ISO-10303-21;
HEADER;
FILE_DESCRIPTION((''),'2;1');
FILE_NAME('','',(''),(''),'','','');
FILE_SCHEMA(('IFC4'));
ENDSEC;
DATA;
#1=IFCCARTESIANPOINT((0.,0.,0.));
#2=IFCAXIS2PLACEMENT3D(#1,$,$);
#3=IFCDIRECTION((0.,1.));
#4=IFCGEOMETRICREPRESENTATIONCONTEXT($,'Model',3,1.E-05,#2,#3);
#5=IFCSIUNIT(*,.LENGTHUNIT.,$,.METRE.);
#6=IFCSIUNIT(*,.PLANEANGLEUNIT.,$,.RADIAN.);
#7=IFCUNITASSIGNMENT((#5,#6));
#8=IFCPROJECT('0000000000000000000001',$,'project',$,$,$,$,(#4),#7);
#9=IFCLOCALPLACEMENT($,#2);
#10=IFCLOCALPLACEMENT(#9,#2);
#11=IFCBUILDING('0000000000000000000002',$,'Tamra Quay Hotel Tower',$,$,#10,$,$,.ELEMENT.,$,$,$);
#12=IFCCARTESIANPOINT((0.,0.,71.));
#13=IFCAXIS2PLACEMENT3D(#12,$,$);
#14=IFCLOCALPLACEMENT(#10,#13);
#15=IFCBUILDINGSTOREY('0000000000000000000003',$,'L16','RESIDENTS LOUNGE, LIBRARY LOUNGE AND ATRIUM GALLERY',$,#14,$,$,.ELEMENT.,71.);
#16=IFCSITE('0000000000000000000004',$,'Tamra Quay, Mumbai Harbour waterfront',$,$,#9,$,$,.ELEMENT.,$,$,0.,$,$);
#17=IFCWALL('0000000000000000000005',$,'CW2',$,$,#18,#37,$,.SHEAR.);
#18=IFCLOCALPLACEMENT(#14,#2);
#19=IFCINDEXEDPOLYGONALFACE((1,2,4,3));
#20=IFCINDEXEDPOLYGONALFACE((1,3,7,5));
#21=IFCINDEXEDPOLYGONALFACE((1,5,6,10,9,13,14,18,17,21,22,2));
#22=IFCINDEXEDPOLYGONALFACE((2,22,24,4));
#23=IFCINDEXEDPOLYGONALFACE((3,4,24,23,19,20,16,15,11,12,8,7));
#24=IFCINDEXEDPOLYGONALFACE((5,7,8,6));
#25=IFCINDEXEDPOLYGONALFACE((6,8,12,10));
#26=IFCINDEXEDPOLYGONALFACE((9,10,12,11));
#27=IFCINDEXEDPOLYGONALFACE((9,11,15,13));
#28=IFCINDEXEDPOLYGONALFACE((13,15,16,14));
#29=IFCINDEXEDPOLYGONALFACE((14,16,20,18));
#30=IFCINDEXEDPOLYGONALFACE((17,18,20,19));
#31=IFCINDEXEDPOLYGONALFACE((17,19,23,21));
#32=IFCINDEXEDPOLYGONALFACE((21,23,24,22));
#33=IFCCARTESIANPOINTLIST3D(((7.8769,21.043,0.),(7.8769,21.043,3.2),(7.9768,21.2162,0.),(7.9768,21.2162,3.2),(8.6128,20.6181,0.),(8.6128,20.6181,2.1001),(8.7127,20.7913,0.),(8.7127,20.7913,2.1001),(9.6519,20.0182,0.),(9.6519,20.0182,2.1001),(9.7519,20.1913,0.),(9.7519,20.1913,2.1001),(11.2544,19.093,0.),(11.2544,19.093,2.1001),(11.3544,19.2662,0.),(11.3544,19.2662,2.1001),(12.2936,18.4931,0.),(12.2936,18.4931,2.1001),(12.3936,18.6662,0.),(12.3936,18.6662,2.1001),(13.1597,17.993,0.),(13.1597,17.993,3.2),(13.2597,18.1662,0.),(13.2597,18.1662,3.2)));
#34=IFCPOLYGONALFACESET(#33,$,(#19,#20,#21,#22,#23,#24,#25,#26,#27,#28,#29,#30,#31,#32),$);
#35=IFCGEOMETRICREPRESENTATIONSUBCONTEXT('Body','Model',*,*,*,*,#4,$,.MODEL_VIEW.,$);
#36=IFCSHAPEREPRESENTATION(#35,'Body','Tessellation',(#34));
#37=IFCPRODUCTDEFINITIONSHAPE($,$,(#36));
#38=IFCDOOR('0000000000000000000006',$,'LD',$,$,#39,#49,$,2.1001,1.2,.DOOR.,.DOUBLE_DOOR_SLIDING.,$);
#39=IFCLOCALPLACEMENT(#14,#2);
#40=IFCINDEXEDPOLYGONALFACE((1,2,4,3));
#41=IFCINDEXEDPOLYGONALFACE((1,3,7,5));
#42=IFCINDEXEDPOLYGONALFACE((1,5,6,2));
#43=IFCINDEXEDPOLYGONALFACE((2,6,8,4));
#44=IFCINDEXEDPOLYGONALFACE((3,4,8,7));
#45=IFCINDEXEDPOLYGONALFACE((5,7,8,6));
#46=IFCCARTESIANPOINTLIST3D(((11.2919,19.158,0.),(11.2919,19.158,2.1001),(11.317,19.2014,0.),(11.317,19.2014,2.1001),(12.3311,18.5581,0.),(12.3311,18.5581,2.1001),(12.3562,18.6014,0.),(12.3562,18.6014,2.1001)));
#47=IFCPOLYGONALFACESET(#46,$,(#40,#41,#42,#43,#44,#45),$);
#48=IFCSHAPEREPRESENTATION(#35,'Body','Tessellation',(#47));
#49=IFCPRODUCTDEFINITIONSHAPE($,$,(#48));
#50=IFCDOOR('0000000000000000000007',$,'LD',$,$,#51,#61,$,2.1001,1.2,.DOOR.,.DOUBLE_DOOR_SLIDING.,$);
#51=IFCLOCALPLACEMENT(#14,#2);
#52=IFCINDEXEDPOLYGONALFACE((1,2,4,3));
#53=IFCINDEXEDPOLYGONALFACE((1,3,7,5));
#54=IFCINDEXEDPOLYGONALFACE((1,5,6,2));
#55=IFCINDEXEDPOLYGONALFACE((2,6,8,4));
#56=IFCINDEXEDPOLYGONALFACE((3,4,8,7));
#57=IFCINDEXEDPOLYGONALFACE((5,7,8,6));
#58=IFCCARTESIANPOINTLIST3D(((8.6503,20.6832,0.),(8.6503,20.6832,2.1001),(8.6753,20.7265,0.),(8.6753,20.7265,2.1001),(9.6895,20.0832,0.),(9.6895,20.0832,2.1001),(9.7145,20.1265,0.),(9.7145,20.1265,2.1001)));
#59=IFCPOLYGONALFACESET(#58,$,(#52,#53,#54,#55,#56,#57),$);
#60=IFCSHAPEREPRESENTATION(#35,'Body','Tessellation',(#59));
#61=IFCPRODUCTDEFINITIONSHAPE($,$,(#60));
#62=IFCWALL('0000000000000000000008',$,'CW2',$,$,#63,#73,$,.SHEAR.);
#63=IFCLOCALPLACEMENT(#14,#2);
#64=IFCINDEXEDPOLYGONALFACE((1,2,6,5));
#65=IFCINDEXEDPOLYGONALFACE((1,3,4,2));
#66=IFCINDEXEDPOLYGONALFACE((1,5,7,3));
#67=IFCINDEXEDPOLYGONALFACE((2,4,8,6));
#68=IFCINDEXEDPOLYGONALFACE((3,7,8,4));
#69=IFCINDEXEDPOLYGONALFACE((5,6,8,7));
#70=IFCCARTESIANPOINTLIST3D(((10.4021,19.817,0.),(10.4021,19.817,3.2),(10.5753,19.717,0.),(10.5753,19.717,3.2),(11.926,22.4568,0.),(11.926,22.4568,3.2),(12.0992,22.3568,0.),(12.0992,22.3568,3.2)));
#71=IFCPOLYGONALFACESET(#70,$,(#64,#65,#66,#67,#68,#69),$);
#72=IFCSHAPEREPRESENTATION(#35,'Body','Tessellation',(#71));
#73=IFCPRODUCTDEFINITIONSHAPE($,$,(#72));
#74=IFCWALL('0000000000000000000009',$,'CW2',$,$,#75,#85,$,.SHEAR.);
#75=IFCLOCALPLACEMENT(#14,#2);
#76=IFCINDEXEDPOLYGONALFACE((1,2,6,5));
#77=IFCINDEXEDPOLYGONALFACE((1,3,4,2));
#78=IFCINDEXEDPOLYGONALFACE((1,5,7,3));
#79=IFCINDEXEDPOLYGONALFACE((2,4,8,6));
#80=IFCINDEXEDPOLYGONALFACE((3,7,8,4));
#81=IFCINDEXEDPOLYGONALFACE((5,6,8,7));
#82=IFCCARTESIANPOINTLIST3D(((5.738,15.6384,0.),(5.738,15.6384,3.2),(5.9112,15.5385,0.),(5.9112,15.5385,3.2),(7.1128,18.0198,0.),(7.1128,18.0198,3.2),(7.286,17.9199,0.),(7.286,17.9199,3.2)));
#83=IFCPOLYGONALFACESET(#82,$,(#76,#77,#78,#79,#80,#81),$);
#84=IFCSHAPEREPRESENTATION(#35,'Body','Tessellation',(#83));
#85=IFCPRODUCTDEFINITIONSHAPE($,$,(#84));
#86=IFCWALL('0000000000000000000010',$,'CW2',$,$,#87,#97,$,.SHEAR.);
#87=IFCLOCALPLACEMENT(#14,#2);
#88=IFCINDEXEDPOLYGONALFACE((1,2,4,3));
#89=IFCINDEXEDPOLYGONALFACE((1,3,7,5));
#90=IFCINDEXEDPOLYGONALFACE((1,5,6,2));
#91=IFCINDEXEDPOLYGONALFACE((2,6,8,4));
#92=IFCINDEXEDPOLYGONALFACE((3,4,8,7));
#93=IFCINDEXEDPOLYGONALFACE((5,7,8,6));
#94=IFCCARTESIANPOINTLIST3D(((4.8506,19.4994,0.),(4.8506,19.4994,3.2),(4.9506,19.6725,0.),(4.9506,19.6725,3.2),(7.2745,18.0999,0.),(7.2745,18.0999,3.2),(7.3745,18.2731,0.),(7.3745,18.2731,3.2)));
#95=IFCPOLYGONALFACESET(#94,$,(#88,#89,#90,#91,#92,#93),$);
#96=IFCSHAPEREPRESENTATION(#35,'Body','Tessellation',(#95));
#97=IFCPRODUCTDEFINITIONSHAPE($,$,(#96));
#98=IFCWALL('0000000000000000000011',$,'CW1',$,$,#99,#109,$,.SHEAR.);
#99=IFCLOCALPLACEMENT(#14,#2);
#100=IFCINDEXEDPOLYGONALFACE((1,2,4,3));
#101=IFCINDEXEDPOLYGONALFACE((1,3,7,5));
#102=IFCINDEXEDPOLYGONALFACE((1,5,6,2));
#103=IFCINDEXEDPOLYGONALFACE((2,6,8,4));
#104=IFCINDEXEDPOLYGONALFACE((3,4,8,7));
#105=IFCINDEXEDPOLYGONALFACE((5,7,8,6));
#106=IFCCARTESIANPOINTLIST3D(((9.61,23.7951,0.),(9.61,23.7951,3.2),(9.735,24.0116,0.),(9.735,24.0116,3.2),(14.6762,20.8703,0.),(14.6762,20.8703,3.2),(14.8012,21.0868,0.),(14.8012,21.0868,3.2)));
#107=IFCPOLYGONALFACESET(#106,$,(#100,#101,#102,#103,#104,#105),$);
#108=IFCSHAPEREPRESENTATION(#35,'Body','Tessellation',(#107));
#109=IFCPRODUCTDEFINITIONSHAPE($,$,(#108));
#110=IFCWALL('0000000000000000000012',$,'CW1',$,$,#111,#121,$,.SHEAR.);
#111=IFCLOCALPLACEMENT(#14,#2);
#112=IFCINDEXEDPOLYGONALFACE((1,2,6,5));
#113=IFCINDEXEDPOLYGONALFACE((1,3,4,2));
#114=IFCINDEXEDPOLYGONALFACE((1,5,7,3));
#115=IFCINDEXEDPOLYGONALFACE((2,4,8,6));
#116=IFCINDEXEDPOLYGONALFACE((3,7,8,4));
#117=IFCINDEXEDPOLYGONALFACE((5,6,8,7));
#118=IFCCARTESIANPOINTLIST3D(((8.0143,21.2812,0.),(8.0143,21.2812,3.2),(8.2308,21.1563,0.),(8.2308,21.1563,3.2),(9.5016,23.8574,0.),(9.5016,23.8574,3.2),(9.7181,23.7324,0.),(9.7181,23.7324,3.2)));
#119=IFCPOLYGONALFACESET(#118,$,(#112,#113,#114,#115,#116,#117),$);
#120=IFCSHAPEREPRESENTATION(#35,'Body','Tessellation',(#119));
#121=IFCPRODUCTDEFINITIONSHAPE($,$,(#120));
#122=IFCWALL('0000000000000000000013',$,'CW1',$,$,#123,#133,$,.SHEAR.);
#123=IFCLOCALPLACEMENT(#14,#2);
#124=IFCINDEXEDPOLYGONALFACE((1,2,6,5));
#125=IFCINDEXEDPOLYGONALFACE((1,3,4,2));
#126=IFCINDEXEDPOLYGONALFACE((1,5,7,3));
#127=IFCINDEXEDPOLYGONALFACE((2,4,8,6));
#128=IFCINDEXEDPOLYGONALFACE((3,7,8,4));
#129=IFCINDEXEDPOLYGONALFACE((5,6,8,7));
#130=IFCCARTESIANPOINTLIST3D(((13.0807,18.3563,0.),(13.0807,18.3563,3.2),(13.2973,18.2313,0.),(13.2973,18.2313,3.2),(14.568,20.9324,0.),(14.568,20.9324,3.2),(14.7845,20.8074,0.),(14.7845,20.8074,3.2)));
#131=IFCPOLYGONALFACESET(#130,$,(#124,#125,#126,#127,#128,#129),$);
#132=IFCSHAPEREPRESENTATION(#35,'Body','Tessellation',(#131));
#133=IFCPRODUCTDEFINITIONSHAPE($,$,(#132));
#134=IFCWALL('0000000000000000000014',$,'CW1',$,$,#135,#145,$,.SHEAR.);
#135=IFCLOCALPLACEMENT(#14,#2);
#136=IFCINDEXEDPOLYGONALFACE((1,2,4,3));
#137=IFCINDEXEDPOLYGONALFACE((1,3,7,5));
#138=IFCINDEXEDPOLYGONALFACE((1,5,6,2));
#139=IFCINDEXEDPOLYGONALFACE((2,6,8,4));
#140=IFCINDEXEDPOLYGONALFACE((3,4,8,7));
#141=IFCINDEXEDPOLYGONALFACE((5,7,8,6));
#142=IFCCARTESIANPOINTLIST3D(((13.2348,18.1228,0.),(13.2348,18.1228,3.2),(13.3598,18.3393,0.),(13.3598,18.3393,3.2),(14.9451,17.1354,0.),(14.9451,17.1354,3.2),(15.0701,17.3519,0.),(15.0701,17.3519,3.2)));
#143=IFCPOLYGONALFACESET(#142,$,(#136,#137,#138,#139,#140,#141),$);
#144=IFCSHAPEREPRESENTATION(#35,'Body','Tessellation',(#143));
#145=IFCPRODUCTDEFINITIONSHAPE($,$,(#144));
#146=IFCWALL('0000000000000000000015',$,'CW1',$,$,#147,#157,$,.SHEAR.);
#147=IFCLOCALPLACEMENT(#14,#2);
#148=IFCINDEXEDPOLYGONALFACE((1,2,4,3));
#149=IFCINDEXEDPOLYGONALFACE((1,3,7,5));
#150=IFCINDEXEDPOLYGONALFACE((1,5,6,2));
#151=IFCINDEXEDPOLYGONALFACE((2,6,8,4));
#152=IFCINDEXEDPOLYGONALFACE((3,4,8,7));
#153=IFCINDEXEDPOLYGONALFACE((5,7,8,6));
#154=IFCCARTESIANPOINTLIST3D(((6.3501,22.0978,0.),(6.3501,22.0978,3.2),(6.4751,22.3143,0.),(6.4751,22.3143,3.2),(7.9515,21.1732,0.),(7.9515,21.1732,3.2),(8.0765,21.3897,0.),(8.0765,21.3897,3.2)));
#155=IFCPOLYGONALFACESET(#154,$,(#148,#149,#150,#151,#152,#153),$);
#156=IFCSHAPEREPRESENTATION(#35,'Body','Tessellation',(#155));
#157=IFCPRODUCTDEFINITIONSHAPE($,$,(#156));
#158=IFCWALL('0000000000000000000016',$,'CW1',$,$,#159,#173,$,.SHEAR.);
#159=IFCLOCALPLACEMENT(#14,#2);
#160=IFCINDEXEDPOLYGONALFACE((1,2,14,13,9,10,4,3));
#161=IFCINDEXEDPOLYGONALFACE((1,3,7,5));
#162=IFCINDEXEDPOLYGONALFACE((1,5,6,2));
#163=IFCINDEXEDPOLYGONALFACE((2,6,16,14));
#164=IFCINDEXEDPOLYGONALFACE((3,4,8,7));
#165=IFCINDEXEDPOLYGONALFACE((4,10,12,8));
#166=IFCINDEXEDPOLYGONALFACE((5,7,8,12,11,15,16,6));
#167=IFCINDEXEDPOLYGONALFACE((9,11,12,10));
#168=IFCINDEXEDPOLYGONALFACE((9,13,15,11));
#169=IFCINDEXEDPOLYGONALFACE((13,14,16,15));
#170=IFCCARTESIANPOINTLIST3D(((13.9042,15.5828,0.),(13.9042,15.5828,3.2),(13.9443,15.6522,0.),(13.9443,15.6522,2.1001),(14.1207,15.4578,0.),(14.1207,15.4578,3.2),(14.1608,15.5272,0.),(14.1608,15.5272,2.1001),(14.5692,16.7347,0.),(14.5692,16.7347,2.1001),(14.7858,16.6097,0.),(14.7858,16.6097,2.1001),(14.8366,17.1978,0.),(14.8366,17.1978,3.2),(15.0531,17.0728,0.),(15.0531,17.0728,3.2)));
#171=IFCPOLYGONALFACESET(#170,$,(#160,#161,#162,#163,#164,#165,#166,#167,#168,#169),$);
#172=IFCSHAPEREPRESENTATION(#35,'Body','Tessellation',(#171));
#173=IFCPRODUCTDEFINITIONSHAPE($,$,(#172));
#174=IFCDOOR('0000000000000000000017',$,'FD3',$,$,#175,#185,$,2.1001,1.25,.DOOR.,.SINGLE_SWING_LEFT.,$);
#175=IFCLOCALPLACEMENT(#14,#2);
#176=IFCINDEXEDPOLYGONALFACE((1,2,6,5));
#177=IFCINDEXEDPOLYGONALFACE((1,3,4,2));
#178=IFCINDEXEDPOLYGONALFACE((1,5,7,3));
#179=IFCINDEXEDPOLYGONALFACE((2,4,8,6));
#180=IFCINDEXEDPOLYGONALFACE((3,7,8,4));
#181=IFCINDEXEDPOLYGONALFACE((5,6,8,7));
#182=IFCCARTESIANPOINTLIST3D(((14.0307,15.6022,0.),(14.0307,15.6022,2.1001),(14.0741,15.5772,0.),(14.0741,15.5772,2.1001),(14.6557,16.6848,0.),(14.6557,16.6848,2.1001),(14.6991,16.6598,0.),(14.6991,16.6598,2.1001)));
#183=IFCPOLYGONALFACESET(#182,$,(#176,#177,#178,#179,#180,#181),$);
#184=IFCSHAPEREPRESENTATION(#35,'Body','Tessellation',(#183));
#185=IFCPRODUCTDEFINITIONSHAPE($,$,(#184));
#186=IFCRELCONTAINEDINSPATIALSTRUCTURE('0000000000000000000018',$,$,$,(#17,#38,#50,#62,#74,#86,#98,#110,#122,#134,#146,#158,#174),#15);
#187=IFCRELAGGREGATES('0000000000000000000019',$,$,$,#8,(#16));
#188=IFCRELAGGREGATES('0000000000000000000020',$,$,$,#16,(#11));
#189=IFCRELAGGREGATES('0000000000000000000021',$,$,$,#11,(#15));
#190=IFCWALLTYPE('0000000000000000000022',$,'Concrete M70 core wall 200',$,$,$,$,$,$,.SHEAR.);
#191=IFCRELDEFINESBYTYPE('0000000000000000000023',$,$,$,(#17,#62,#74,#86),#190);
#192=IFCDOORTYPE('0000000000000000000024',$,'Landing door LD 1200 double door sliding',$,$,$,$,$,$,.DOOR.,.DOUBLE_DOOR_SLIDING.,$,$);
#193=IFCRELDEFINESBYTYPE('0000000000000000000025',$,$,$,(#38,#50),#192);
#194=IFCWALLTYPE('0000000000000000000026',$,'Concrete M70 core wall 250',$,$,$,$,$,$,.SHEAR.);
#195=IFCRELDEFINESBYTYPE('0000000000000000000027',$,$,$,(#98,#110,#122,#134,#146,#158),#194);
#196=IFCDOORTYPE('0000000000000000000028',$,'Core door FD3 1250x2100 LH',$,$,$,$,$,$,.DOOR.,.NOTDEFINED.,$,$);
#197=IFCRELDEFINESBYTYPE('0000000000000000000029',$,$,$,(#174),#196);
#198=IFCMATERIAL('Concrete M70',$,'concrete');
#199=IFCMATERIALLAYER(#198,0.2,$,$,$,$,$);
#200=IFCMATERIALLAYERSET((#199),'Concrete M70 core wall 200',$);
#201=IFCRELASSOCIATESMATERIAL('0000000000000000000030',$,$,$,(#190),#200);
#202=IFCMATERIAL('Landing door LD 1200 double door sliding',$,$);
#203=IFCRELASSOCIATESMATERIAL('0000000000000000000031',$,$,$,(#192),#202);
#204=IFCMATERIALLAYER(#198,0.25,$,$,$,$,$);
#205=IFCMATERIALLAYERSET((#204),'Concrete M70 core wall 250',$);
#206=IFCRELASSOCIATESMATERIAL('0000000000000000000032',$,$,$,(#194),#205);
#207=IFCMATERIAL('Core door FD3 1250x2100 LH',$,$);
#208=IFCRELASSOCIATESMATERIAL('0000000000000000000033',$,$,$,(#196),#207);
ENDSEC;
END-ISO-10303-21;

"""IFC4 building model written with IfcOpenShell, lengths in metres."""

from ifc_helpers import new_model, si_unit, direction, frame, frame_2d, origin, place, context, subcontext, project, spatial, rectangle, extrude, material, layer, layer_set, type_object, element, fill, save


model = new_model("IFC4")

# Units and contexts
model_context = context("Model", 3, precision=1e-05, world=origin(), true_north=direction((0.0, 1.0)))
body_context = subcontext(model_context, "Body", "Model", "MODEL_VIEW")
ifc_project = project(units=[si_unit("LENGTHUNIT", "METRE"), si_unit("PLANEANGLEUNIT", "RADIAN")], contexts=[model_context])

# Site, building, storey
site_placement = place(None, origin())
site = spatial("IfcSite", under=ifc_project, at=site_placement, Name="Tamra Quay, Mumbai Harbour waterfront", CompositionType="ELEMENT", RefElevation=0.0)
building_placement = place(site_placement, origin())
building = spatial("IfcBuilding", under=site, at=building_placement, Name="Tamra Quay Hotel Tower", CompositionType="ELEMENT")
storey_placement = place(building_placement, frame((0.0, 0.0, 71.0)))
storey = spatial("IfcBuildingStorey", under=building, at=storey_placement, Name="L16", Description="RESIDENTS LOUNGE, LIBRARY LOUNGE AND ATRIUM GALLERY", CompositionType="ELEMENT", Elevation=71.0)

# Shared definitions
ifc_material_1 = material(Name="Concrete M70", Category="concrete")

# Wall, openings, doors
ifc_layer_1 = layer(ifc_material_1, 0.2)
ifc_layer_set_1 = layer_set([ifc_layer_1], Name="Concrete M70 core wall 200")
wall_type_1 = type_object("IfcWallType", Name="Concrete M70 core wall 200", PredefinedType="SHEAR", material=ifc_layer_set_1)
wall_1_placement = place(storey_placement, frame((13.2097, 18.0796, 0.0), z_axis=(0.0, 0.0, 1.0), x_axis=(-0.86603, 0.499992, 0.0)))
wall_1 = element("IfcWall", 1, at=wall_1_placement, inside=storey, type_object=wall_type_1, Name="CW2", PredefinedType="SHEAR", context=body_context, shape_type="SweptSolid", body=[
    extrude(rectangle(XDim=6.1001, YDim=0.2, at=frame_2d((3.05, 0.0))), origin(), (0.0, 0.0, 1.0), 3.2),
])
opening_1_placement = place(wall_1_placement, frame((1.0, 0.0, 0.0)))
opening_1 = element("IfcOpeningElement", 2, at=opening_1_placement, cuts=wall_1, PredefinedType="OPENING", context=body_context, shape_type="SweptSolid", body=[
    extrude(rectangle(XDim=1.2, YDim=2.1001, at=frame_2d((0.6001, 1.05))), frame((0.0, 0.1099, 0.0), z_axis=(0.0, -1.0, 0.0), x_axis=(1.0, 0.0, 0.0)), (0.0, 0.0, 1.0), 0.22),
])
opening_2_placement = place(wall_1_placement, frame((4.0503, 0.0, 0.0)))
opening_2 = element("IfcOpeningElement", 3, at=opening_2_placement, cuts=wall_1, PredefinedType="OPENING", context=body_context, shape_type="SweptSolid", body=[
    extrude(rectangle(XDim=1.2, YDim=2.1001, at=frame_2d((0.6001, 1.05))), frame((0.0, 0.1099, 0.0), z_axis=(0.0, -1.0, 0.0), x_axis=(1.0, 0.0, 0.0)), (0.0, 0.0, 1.0), 0.22),
])
ifc_material_2 = material(Name="Landing door LD 1200 double door sliding")
door_type_1 = type_object("IfcDoorType", Name="Landing door LD 1200 double door sliding", OperationType="DOUBLE_DOOR_SLIDING", PredefinedType="DOOR", material=ifc_material_2)
door_1_placement = place(opening_1_placement, origin())
door_1 = element("IfcDoor", 4, at=door_1_placement, inside=storey, type_object=door_type_1, Name="LD", OperationType="DOUBLE_DOOR_SLIDING", OverallHeight=2.1001, OverallWidth=1.2, PredefinedType="DOOR", context=body_context, shape_type="SweptSolid", body=[
    extrude(rectangle(XDim=1.2, YDim=2.1001, at=frame_2d((0.6001, 1.05))), frame((0.0, 0.0249, 0.0), z_axis=(0.0, -1.0, 0.0), x_axis=(1.0, 0.0, 0.0)), (0.0, 0.0, 1.0), 0.05),
])
fill(opening_1, door_1)
door_2_placement = place(opening_2_placement, origin())
door_2 = element("IfcDoor", 5, at=door_2_placement, inside=storey, type_object=door_type_1, Name="LD", OperationType="DOUBLE_DOOR_SLIDING", OverallHeight=2.1001, OverallWidth=1.2, PredefinedType="DOOR", context=body_context, shape_type="SweptSolid", body=[
    extrude(rectangle(XDim=1.2, YDim=2.1001, at=frame_2d((0.6001, 1.05))), frame((0.0, 0.0249, 0.0), z_axis=(0.0, -1.0, 0.0), x_axis=(1.0, 0.0, 0.0)), (0.0, 0.0, 1.0), 0.05),
])
fill(opening_2, door_2)

# Walls
wall_2_placement = place(storey_placement, frame((10.4888, 19.7671, 0.0), z_axis=(0.0, 0.0, 1.0), x_axis=(0.499947, 0.866056, 0.0)))
element("IfcWall", 6, at=wall_2_placement, inside=storey, type_object=wall_type_1, Name="CW2", PredefinedType="SHEAR", context=body_context, shape_type="SweptSolid", body=[
    extrude(rectangle(XDim=3.0481, YDim=0.2, at=frame_2d((1.5239, 0.0))), origin(), (0.0, 0.0, 1.0), 3.2),
])
wall_3_placement = place(storey_placement, frame((7.1995, 17.97, 0.0), z_axis=(0.0, 0.0, 1.0), x_axis=(-0.499968, -0.866044, 0.0)))
element("IfcWall", 7, at=wall_3_placement, inside=storey, type_object=wall_type_1, Name="CW2", PredefinedType="SHEAR", context=body_context, shape_type="SweptSolid", body=[
    extrude(rectangle(XDim=2.7498, YDim=0.2, at=frame_2d((1.375, 0.0))), origin(), (0.0, 0.0, 1.0), 3.2),
])
wall_4_placement = place(storey_placement, frame((4.9006, 19.5859, 0.0), z_axis=(0.0, 0.0, 1.0), x_axis=(0.866023, -0.500004, 0.0)))
element("IfcWall", 8, at=wall_4_placement, inside=storey, type_object=wall_type_1, Name="CW2", PredefinedType="SHEAR", context=body_context, shape_type="SweptSolid", body=[
    extrude(rectangle(XDim=2.7988, YDim=0.2, at=frame_2d((1.3994, 0.0))), origin(), (0.0, 0.0, 1.0), 3.2),
])
ifc_layer_2 = layer(ifc_material_1, 0.25)
ifc_layer_set_2 = layer_set([ifc_layer_2], Name="Concrete M70 core wall 250")
wall_type_2 = type_object("IfcWallType", Name="Concrete M70 core wall 250", PredefinedType="SHEAR", material=ifc_layer_set_2)
wall_5_placement = place(storey_placement, frame((9.6726, 23.9033, 0.0), z_axis=(0.0, 0.0, 1.0), x_axis=(0.866036, -0.499981, 0.0)))
element("IfcWall", 9, at=wall_5_placement, inside=storey, type_object=wall_type_2, Name="CW1", PredefinedType="SHEAR", context=body_context, shape_type="SweptSolid", body=[
    extrude(rectangle(XDim=5.8499, YDim=0.25, at=frame_2d((2.9248, 0.0))), origin(), (0.0, 0.0, 1.0), 3.2),
])
for number, where, z_axis, x_axis, name in (
    (10, (8.1226, 21.2188, 0.0), (0.0, 0.0, 1.0), (0.499988, 0.866033, 0.0), "CW1"),
    (11, (14.6763, 20.8699, 0.0), (0.0, 0.0, 1.0), (-0.499988, -0.866033, 0.0), "CW1"),
):
    element("IfcWall", number, at=place(storey_placement, frame(where, z_axis=z_axis, x_axis=x_axis)), inside=storey, type_object=wall_type_2, Name=name, PredefinedType="SHEAR", context=body_context, shape_type="SweptSolid", body=[
        extrude(rectangle(XDim=2.9746, YDim=0.25, at=frame_2d((1.4873, 0.0))), origin(), (0.0, 0.0, 1.0), 3.2),
    ])
wall_6_placement = place(storey_placement, frame((13.2974, 18.231, 0.0), z_axis=(0.0, 0.0, 1.0), x_axis=(0.866044, -0.499969, 0.0)))
element("IfcWall", 12, at=wall_6_placement, inside=storey, type_object=wall_type_2, Name="CW1", PredefinedType="SHEAR", context=body_context, shape_type="SweptSolid", body=[
    extrude(rectangle(XDim=1.9749, YDim=0.25, at=frame_2d((0.9873, 0.0))), origin(), (0.0, 0.0, 1.0), 3.2),
])
wall_7_placement = place(storey_placement, frame((6.4126, 22.2061, 0.0), z_axis=(0.0, 0.0, 1.0), x_axis=(0.866016, -0.500016, 0.0)))
element("IfcWall", 13, at=wall_7_placement, inside=storey, type_object=wall_type_2, Name="CW1", PredefinedType="SHEAR", context=body_context, shape_type="SweptSolid", body=[
    extrude(rectangle(XDim=1.8491, YDim=0.25, at=frame_2d((0.9246, 0.0))), origin(), (0.0, 0.0, 1.0), 3.2),
])

# Wall, opening, door
wall_8_placement = place(storey_placement, frame((14.9448, 17.1353, 0.0), z_axis=(0.0, 0.0, 1.0), x_axis=(-0.499983, -0.866035, 0.0)))
wall_8 = element("IfcWall", 14, at=wall_8_placement, inside=storey, type_object=wall_type_2, Name="CW1", PredefinedType="SHEAR", context=body_context, shape_type="SweptSolid", body=[
    extrude(rectangle(XDim=1.8647, YDim=0.25, at=frame_2d((0.9324, 0.0))), origin(), (0.0, 0.0, 1.0), 3.2),
])
opening_3_placement = place(wall_8_placement, frame((0.5347, 0.0, 0.0)))
opening_3 = element("IfcOpeningElement", 15, at=opening_3_placement, cuts=wall_8, PredefinedType="OPENING", context=body_context, shape_type="SweptSolid", body=[
    extrude(rectangle(XDim=1.25, YDim=2.1001, at=frame_2d((0.625, 1.05))), frame((0.0, 0.135, 0.0), z_axis=(0.0, -1.0, 0.0), x_axis=(1.0, 0.0, 0.0)), (0.0, 0.0, 1.0), 0.27),
])
ifc_material_3 = material(Name="Core door FD3 1250x2100 LH")
door_type_2 = type_object("IfcDoorType", Name="Core door FD3 1250x2100 LH", OperationType="NOTDEFINED", PredefinedType="DOOR", material=ifc_material_3)
door_3_placement = place(opening_3_placement, origin())
door_3 = element("IfcDoor", 16, at=door_3_placement, inside=storey, type_object=door_type_2, Name="FD3", OperationType="SINGLE_SWING_LEFT", OverallHeight=2.1001, OverallWidth=1.25, PredefinedType="DOOR", context=body_context, shape_type="SweptSolid", body=[
    extrude(rectangle(XDim=1.25, YDim=2.1001, at=frame_2d((0.625, 1.05))), frame((0.0, 0.0249, 0.0), z_axis=(0.0, -1.0, 0.0), x_axis=(1.0, 0.0, 0.0)), (0.0, 0.0, 1.0), 0.05),
])
fill(opening_3, door_3)

save(model, "model.ifc")
